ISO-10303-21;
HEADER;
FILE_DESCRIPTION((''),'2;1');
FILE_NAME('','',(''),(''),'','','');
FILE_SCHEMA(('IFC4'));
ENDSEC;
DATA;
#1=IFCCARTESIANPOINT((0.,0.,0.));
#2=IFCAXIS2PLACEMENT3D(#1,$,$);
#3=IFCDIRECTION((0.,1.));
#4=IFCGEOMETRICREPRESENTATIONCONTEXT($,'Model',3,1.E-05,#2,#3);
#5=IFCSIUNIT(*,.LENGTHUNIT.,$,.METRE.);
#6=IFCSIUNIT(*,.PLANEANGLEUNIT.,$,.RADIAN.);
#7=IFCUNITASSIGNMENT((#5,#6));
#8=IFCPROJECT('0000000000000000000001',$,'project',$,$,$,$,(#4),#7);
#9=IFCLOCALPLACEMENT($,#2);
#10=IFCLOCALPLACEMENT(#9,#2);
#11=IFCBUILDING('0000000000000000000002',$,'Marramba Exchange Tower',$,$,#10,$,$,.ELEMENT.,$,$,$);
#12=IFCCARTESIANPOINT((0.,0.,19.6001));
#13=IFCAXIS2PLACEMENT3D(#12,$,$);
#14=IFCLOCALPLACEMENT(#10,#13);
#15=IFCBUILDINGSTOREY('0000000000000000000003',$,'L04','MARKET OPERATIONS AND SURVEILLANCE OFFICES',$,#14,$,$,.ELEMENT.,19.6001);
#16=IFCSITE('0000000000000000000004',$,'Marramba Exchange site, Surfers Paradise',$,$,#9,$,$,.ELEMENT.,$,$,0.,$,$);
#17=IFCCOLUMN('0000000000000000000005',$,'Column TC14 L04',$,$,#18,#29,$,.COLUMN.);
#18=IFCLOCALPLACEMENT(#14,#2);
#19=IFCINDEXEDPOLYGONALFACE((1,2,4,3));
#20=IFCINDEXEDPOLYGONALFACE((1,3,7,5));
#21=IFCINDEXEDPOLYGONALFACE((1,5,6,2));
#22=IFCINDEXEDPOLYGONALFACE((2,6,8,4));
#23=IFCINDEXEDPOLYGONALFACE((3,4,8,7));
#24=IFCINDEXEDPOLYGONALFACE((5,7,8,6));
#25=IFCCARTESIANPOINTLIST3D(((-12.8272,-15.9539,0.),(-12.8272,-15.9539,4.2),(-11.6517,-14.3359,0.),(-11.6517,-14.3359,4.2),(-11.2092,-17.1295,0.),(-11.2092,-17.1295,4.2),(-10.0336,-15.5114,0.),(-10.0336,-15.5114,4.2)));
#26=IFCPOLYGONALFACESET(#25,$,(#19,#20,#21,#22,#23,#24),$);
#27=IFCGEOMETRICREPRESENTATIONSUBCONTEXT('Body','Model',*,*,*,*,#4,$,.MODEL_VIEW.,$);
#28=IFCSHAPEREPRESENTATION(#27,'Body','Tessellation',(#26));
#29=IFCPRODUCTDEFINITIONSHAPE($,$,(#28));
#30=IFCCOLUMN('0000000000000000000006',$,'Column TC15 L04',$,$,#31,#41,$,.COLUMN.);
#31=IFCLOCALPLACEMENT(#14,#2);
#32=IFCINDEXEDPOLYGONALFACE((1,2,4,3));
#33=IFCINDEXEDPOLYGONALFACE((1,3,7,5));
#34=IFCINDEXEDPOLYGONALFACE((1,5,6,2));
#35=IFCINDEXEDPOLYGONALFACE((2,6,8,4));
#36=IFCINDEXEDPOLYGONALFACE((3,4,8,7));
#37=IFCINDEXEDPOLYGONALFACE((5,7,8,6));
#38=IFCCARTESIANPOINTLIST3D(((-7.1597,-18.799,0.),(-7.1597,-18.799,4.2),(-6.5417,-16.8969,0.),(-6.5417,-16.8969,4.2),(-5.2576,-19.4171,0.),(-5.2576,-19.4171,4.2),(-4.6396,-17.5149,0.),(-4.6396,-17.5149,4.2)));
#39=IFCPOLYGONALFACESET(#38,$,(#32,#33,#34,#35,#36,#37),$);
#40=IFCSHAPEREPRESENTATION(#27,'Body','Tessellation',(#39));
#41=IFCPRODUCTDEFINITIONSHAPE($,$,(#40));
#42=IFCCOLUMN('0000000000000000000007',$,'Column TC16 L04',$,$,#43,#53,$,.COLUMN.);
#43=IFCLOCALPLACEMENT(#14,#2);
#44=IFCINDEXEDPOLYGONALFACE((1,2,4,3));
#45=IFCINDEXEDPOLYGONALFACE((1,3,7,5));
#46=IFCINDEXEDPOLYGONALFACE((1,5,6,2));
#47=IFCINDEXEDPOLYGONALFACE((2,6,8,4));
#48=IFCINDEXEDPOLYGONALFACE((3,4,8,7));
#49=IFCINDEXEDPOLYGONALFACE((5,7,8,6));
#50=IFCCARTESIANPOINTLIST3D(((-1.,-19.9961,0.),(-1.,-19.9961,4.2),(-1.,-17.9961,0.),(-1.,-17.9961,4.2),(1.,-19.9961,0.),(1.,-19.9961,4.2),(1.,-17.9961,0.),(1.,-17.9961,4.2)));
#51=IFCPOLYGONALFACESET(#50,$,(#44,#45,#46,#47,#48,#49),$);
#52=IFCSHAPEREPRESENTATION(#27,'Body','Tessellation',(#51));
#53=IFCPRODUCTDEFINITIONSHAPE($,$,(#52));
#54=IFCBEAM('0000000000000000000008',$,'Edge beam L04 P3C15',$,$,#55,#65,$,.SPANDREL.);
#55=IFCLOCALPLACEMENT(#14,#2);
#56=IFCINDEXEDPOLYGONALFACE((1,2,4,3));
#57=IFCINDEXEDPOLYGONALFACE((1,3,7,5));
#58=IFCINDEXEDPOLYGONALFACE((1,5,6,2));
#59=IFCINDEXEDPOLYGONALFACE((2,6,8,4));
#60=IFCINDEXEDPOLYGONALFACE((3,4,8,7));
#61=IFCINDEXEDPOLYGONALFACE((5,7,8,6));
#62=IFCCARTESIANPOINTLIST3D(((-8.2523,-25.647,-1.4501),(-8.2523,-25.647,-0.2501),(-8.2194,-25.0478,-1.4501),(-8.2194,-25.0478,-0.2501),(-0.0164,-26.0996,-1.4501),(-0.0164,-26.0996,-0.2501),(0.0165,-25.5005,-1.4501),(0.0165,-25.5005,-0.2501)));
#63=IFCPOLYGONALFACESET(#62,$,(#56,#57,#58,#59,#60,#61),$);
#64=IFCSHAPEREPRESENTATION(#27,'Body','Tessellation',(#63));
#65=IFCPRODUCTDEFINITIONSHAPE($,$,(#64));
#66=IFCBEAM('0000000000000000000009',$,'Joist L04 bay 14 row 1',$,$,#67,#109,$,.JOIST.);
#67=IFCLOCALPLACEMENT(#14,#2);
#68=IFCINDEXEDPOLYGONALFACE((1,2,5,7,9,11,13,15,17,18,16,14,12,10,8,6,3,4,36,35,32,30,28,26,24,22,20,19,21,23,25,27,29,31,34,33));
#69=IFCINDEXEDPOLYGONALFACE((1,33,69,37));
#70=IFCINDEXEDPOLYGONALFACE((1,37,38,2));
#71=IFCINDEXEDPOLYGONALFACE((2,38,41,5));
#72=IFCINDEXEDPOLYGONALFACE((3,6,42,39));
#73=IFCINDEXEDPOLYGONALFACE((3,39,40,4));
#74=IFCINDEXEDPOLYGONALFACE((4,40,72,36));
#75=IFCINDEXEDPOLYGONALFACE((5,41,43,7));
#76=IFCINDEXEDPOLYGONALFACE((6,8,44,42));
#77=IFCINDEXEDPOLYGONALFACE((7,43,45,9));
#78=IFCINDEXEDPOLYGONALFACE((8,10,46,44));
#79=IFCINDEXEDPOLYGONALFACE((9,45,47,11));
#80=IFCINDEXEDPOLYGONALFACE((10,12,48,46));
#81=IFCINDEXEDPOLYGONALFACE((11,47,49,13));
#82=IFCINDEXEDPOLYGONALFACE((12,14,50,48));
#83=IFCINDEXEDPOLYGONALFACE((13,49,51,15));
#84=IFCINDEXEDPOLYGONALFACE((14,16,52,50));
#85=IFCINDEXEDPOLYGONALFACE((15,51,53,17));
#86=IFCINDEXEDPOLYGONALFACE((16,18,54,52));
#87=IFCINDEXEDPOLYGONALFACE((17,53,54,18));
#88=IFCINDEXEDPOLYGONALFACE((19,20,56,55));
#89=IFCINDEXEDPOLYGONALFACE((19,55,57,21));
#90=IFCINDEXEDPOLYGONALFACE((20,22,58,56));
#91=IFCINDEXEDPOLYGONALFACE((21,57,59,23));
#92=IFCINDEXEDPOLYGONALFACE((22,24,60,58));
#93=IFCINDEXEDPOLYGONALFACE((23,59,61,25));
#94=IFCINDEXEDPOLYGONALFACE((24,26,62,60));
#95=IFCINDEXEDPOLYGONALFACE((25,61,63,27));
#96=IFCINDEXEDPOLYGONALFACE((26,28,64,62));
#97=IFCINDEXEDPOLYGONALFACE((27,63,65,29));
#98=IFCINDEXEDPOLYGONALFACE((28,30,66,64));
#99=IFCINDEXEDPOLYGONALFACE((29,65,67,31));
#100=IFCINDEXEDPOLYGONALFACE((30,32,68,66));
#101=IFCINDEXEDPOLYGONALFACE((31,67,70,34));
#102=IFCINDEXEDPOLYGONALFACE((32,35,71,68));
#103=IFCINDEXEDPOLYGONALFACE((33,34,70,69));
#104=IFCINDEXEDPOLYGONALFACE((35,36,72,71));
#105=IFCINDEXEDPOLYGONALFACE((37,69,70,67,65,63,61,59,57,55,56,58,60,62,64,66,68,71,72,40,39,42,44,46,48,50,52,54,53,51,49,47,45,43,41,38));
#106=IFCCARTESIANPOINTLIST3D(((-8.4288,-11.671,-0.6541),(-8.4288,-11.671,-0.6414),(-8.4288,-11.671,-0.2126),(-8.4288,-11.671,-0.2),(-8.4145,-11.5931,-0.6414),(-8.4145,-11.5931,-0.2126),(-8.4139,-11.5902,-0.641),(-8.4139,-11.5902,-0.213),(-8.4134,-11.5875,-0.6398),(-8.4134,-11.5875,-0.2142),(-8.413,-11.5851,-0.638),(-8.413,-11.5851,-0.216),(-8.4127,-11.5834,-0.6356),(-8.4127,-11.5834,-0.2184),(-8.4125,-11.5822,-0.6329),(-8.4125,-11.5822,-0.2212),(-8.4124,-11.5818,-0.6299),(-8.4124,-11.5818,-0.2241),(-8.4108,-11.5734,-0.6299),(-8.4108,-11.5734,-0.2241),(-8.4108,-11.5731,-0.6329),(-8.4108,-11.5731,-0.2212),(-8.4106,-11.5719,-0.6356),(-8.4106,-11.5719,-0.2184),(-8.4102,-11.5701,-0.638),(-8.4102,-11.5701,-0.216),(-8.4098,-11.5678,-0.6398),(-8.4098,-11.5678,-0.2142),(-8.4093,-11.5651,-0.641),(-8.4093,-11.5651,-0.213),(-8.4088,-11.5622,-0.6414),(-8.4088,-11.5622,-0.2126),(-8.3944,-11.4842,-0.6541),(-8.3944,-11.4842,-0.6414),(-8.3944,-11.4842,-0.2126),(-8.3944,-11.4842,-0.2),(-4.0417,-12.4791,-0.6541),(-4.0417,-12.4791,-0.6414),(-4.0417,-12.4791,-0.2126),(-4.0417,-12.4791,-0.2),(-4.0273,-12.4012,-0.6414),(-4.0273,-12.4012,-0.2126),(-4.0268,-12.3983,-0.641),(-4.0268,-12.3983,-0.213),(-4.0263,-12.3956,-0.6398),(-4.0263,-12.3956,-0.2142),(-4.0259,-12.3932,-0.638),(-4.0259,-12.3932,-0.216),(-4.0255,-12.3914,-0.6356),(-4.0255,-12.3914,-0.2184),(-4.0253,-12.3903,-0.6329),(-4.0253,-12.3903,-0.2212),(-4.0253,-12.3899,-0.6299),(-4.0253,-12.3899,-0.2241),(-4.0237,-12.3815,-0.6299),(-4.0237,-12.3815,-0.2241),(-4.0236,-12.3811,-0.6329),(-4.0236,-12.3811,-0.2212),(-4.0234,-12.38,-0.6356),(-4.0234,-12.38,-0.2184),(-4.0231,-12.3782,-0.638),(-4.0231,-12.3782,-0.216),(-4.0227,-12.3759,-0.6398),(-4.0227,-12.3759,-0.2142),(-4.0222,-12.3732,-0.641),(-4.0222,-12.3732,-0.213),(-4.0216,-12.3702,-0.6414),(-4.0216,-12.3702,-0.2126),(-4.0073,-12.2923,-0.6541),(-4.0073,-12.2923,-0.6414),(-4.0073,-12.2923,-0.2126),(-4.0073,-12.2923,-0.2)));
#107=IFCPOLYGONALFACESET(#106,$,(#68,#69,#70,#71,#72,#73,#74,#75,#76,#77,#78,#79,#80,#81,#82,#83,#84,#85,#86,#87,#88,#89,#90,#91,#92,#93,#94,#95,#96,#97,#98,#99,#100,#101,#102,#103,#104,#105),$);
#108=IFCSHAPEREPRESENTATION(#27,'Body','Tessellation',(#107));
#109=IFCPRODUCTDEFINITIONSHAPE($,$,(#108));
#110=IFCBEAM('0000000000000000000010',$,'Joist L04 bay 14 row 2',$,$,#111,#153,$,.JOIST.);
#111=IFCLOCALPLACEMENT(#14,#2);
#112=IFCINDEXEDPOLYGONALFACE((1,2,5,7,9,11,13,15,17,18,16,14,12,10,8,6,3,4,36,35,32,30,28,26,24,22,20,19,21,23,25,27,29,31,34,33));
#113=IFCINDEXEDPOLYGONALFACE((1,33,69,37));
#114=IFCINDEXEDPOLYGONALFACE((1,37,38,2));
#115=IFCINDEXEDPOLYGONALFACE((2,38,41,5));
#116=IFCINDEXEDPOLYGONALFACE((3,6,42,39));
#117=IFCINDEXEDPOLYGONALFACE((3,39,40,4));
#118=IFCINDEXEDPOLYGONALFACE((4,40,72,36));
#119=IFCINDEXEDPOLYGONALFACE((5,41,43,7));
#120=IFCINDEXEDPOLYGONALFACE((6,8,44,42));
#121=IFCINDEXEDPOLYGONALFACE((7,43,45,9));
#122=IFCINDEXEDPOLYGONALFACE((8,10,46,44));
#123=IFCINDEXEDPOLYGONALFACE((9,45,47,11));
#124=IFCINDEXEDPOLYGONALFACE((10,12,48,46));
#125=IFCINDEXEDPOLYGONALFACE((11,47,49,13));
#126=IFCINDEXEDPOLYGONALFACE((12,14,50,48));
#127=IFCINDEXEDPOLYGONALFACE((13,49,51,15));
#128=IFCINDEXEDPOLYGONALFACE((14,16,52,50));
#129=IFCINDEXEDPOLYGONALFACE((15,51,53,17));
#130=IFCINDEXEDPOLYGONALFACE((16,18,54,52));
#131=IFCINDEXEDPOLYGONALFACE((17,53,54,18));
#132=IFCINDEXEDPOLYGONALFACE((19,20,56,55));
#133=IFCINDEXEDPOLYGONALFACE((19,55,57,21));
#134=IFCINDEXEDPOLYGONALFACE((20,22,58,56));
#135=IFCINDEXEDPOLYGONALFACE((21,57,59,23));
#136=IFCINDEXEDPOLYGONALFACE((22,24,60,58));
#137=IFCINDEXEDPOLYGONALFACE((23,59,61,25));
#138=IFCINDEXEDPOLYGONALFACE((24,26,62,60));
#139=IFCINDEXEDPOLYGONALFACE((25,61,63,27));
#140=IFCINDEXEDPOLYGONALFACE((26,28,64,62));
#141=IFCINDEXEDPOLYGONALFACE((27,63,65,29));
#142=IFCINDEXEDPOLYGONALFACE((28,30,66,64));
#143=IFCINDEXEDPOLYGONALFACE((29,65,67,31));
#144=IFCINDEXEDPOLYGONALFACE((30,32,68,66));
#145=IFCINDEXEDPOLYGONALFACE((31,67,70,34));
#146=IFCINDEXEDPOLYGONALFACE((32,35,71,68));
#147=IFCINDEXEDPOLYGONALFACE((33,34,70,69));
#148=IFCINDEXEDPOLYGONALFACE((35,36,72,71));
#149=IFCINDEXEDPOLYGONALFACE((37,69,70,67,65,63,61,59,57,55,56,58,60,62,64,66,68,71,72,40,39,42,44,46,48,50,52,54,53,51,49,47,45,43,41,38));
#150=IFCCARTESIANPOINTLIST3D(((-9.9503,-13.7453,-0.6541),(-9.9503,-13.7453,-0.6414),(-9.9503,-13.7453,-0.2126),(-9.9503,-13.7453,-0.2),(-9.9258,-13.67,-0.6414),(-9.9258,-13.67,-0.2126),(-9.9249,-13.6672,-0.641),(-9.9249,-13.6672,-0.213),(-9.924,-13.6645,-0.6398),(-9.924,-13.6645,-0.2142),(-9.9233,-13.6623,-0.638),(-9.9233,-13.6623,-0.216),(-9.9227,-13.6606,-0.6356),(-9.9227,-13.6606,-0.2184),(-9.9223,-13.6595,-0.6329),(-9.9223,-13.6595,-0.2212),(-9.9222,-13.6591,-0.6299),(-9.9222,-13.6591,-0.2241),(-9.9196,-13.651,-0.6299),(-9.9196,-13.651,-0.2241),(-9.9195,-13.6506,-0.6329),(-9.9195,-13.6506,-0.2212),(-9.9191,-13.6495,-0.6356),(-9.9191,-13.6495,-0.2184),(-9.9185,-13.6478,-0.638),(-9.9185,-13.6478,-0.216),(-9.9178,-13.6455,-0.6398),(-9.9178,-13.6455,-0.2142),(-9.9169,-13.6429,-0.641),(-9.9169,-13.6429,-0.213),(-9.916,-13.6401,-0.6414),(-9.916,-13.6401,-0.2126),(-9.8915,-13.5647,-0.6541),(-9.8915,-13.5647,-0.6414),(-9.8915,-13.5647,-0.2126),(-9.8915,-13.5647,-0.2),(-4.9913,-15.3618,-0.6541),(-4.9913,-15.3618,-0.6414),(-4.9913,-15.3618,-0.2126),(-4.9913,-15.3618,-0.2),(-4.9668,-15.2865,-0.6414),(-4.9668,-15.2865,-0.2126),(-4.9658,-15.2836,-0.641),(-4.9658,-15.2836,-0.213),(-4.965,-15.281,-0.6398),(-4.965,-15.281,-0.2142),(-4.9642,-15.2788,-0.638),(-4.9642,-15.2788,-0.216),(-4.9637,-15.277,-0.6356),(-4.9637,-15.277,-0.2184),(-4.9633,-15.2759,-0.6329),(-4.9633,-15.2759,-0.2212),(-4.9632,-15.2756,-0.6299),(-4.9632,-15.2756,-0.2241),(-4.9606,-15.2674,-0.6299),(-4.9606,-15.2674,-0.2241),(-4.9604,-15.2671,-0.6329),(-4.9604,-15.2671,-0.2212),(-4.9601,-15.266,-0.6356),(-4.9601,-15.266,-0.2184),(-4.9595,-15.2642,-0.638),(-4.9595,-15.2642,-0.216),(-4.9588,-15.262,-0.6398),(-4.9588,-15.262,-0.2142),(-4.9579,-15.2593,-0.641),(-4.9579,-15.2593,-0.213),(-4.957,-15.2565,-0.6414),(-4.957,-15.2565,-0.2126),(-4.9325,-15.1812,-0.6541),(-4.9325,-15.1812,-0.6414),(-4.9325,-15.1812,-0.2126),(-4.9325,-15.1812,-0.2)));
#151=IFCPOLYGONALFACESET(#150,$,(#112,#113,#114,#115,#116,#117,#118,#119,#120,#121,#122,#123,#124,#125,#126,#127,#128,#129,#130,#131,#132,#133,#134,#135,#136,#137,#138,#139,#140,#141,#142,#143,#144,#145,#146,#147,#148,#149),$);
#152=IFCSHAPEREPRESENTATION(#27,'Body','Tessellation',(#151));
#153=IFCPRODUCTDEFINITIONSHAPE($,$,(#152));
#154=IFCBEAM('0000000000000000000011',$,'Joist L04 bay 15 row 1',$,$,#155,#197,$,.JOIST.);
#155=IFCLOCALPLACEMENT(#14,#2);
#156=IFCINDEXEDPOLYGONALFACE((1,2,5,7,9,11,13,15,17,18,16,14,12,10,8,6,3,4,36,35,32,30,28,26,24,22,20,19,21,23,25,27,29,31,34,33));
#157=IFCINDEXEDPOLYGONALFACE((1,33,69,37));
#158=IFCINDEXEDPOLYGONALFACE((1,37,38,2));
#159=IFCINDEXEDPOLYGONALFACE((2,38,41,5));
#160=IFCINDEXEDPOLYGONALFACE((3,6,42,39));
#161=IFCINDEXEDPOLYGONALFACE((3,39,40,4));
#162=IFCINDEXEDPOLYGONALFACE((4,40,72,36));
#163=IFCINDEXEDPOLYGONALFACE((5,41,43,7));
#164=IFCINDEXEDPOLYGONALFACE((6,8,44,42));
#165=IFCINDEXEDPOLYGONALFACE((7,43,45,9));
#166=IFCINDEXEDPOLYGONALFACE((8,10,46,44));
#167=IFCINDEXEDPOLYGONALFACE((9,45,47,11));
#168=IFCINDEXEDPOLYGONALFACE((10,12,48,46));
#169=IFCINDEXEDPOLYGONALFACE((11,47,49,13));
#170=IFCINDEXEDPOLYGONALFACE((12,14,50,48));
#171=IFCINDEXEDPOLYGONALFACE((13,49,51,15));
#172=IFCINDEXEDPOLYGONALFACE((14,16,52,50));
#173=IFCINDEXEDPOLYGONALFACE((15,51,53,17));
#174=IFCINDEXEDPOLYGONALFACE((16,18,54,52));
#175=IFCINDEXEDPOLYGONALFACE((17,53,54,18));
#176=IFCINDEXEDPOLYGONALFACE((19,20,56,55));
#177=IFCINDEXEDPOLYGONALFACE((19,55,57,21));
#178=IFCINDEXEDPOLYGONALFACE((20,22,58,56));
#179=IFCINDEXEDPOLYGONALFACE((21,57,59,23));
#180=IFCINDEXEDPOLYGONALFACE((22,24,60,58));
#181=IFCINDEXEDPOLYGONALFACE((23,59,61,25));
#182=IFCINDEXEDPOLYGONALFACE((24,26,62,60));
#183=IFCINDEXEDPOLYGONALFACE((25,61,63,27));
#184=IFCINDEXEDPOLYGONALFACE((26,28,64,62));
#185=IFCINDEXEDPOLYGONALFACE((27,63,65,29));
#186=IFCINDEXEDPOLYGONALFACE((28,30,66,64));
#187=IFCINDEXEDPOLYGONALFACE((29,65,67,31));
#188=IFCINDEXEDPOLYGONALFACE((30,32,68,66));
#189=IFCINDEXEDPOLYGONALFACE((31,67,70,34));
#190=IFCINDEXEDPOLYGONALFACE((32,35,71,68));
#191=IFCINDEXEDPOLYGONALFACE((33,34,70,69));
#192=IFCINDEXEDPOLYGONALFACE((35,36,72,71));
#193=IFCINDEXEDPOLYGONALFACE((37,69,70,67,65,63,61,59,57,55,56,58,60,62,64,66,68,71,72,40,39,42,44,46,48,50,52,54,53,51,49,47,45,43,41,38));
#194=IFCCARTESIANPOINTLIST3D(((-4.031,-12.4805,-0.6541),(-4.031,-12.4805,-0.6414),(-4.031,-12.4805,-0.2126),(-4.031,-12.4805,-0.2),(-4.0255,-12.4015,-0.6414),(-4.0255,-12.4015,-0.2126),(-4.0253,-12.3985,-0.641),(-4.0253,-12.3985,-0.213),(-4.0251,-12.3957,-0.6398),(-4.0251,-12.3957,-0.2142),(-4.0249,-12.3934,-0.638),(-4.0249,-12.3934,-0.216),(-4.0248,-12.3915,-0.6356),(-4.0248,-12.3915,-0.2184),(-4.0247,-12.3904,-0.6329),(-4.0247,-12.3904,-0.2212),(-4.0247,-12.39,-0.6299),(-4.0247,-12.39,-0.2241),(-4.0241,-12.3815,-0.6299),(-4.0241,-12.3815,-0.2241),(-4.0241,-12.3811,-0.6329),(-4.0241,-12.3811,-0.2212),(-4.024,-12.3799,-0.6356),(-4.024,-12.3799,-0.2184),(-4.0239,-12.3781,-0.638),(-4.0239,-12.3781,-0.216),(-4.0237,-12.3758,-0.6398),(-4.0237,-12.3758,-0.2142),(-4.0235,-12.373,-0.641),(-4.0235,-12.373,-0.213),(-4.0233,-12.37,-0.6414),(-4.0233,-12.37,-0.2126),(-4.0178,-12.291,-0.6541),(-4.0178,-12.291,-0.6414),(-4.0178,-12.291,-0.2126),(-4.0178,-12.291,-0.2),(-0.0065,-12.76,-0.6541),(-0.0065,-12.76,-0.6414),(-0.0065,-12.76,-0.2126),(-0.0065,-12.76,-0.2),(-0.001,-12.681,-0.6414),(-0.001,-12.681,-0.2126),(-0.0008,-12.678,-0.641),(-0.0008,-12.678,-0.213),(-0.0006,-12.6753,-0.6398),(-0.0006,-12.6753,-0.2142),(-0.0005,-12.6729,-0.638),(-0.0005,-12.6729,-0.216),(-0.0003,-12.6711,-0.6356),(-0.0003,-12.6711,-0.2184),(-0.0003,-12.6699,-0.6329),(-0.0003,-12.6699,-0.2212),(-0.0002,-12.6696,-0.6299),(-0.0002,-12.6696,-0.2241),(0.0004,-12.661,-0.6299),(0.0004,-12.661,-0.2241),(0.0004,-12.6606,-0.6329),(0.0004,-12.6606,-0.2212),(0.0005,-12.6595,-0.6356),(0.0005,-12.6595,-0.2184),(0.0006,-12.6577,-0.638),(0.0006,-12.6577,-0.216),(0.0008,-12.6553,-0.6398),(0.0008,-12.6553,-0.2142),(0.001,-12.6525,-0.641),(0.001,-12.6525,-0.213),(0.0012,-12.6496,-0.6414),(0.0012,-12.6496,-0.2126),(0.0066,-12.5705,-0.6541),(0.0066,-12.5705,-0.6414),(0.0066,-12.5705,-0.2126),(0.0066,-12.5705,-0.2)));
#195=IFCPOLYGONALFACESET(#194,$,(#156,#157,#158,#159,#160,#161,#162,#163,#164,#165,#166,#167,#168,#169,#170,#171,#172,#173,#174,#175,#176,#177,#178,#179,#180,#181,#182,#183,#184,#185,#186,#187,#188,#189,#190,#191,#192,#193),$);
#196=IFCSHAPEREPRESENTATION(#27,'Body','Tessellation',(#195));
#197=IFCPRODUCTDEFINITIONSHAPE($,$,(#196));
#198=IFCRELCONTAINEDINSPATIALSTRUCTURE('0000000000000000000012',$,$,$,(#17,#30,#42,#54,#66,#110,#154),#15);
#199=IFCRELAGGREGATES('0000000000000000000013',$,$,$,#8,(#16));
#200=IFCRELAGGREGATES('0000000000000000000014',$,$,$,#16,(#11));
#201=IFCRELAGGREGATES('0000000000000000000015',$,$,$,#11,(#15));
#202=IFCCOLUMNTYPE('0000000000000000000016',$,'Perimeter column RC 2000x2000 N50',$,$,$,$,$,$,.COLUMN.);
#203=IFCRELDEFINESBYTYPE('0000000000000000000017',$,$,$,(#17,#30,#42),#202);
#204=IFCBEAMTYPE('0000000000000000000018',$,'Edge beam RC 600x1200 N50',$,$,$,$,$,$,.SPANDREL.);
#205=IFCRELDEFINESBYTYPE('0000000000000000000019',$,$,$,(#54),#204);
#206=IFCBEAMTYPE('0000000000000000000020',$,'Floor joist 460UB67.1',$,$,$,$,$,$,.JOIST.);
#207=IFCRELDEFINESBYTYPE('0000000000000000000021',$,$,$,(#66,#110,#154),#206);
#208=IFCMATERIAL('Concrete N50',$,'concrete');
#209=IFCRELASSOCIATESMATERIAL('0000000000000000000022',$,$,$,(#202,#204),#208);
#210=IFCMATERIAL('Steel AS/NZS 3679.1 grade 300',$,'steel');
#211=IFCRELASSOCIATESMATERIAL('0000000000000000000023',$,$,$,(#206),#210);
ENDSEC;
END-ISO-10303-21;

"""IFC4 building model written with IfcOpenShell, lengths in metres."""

from ifc_helpers import new_model, si_unit, direction, frame, origin, origin_2d, place, context, subcontext, project, spatial, rectangle, i_section, extrude, material, material_profile, profile_set, type_object, element, save


model = new_model("IFC4")

# Units and contexts
model_context = context("Model", 3, precision=1e-05, world=origin(), true_north=direction((0.0, 1.0)))
body_context = subcontext(model_context, "Body", "Model", "MODEL_VIEW")
ifc_project = project(units=[si_unit("LENGTHUNIT", "METRE"), si_unit("PLANEANGLEUNIT", "RADIAN")], contexts=[model_context])

# Site, building, storey
site_placement = place(None, origin())
site = spatial("IfcSite", under=ifc_project, at=site_placement, Name="Marramba Exchange site, Surfers Paradise", CompositionType="ELEMENT", RefElevation=0.0)
building_placement = place(site_placement, origin())
building = spatial("IfcBuilding", under=site, at=building_placement, Name="Marramba Exchange Tower", CompositionType="ELEMENT")
storey_placement = place(building_placement, frame((0.0, 0.0, 19.6001)))
storey = spatial("IfcBuildingStorey", under=building, at=storey_placement, Name="L04", Description="MARKET OPERATIONS AND SURVEILLANCE OFFICES", CompositionType="ELEMENT", Elevation=19.6001)

# Columns
ifc_material_1 = material(Name="Concrete N50", Category="concrete")
ifc_material_profile_1 = material_profile(ifc_material_1, rectangle(XDim=2.0, YDim=2.0, at=origin_2d()), Name="RC 2000x2000")
ifc_profile_set_1 = profile_set([ifc_material_profile_1], Name="Concrete N50")
column_type = type_object("IfcColumnType", Name="Perimeter column RC 2000x2000 N50", PredefinedType="COLUMN", material=ifc_profile_set_1)
for number, where, z_axis, x_axis, name in (
    (1, (-11.4304, -15.7327, 0.0), (0.0, 0.0, 1.0), (-0.587785, -0.809017, 0.0), "Column TC14 L04"),
    (2, (-5.8997, -18.157, 0.0), (0.0, 0.0, 1.0), (-0.309017, -0.951057, 0.0), "Column TC15 L04"),
    (3, (0.0, -18.9961, 0.0), (0.0, 0.0, 1.0), (0.0, -1.0, 0.0), "Column TC16 L04"),
):
    element("IfcColumn", number, at=place(storey_placement, frame(where, z_axis=z_axis, x_axis=x_axis)), inside=storey, type_object=column_type, Name=name, PredefinedType="COLUMN", context=body_context, shape_type="SweptSolid", body=[
        extrude(rectangle(XDim=2.0, YDim=2.0, at=origin_2d()), origin(), (0.0, 0.0, 1.0), 4.2),
    ])

# Beams
ifc_material_profile_2 = material_profile(ifc_material_1, rectangle(XDim=0.6001, YDim=1.2, at=origin_2d()), Name="RC 600x1200")
ifc_profile_set_2 = profile_set([ifc_material_profile_2], Name="Concrete N50")
beam_type_1 = type_object("IfcBeamType", Name="Edge beam RC 600x1200 N50", PredefinedType="SPANDREL", material=ifc_profile_set_2)
beam_1_placement = place(storey_placement, frame((-8.2358, -25.3474, -0.8501), z_axis=(0.998493, -0.054877, 0.0), x_axis=(0.054877, 0.998493, 0.0)))
element("IfcBeam", 4, at=beam_1_placement, inside=storey, type_object=beam_type_1, Name="Edge beam L04 P3C15", PredefinedType="SPANDREL", context=body_context, shape_type="SweptSolid", body=[
    extrude(rectangle(XDim=0.6001, YDim=1.2, at=origin_2d()), origin(), (0.0, 0.0, 1.0), 8.2483),
])
ifc_material_2 = material(Name="Steel AS/NZS 3679.1 grade 300", Category="steel")
ifc_material_profile_3 = material_profile(ifc_material_2, i_section(OverallWidth=0.1899, OverallDepth=0.4541, WebThickness=0.0085, FlangeThickness=0.0127, FilletRadius=0.0115, at=origin_2d()), Name="460UB67.1")
ifc_profile_set_3 = profile_set([ifc_material_profile_3], Name="Steel AS/NZS 3679.1 grade 300")
beam_type_2 = type_object("IfcBeamType", Name="Floor joist 460UB67.1", PredefinedType="JOIST", material=ifc_profile_set_3)
beam_2_placement = place(storey_placement, frame((-8.4116, -11.5776, -0.427), z_axis=(0.983456, -0.181149, 0.0), x_axis=(0.181149, 0.983456, 0.0)))
element("IfcBeam", 5, at=beam_2_placement, inside=storey, type_object=beam_type_2, Name="Joist L04 bay 14 row 1", PredefinedType="JOIST", context=body_context, shape_type="SweptSolid", body=[
    extrude(i_section(OverallWidth=0.1899, OverallDepth=0.4541, WebThickness=0.0085, FlangeThickness=0.0127, FilletRadius=0.0115, at=origin_2d()), origin(), (0.0, 0.0, 1.0), 4.4609),
])
beam_3_placement = place(storey_placement, frame((-9.9209, -13.655, -0.427), z_axis=(0.950764, -0.309916, 0.0), x_axis=(0.309916, 0.950764, 0.0)))
element("IfcBeam", 6, at=beam_3_placement, inside=storey, type_object=beam_type_2, Name="Joist L04 bay 14 row 2", PredefinedType="JOIST", context=body_context, shape_type="SweptSolid", body=[
    extrude(i_section(OverallWidth=0.1899, OverallDepth=0.4541, WebThickness=0.0085, FlangeThickness=0.0127, FilletRadius=0.0115, at=origin_2d()), origin(), (0.0, 0.0, 1.0), 5.2158),
])
beam_4_placement = place(storey_placement, frame((-4.0244, -12.3857, -0.427), z_axis=(0.997596, -0.069294, 0.0), x_axis=(0.069294, 0.997596, 0.0)))
element("IfcBeam", 7, at=beam_4_placement, inside=storey, type_object=beam_type_2, Name="Joist L04 bay 15 row 1", PredefinedType="JOIST", context=body_context, shape_type="SweptSolid", body=[
    extrude(i_section(OverallWidth=0.1899, OverallDepth=0.4541, WebThickness=0.0085, FlangeThickness=0.0127, FilletRadius=0.0115, at=origin_2d()), origin(), (0.0, 0.0, 1.0), 4.0342),
])

save(model, "model.ifc")
